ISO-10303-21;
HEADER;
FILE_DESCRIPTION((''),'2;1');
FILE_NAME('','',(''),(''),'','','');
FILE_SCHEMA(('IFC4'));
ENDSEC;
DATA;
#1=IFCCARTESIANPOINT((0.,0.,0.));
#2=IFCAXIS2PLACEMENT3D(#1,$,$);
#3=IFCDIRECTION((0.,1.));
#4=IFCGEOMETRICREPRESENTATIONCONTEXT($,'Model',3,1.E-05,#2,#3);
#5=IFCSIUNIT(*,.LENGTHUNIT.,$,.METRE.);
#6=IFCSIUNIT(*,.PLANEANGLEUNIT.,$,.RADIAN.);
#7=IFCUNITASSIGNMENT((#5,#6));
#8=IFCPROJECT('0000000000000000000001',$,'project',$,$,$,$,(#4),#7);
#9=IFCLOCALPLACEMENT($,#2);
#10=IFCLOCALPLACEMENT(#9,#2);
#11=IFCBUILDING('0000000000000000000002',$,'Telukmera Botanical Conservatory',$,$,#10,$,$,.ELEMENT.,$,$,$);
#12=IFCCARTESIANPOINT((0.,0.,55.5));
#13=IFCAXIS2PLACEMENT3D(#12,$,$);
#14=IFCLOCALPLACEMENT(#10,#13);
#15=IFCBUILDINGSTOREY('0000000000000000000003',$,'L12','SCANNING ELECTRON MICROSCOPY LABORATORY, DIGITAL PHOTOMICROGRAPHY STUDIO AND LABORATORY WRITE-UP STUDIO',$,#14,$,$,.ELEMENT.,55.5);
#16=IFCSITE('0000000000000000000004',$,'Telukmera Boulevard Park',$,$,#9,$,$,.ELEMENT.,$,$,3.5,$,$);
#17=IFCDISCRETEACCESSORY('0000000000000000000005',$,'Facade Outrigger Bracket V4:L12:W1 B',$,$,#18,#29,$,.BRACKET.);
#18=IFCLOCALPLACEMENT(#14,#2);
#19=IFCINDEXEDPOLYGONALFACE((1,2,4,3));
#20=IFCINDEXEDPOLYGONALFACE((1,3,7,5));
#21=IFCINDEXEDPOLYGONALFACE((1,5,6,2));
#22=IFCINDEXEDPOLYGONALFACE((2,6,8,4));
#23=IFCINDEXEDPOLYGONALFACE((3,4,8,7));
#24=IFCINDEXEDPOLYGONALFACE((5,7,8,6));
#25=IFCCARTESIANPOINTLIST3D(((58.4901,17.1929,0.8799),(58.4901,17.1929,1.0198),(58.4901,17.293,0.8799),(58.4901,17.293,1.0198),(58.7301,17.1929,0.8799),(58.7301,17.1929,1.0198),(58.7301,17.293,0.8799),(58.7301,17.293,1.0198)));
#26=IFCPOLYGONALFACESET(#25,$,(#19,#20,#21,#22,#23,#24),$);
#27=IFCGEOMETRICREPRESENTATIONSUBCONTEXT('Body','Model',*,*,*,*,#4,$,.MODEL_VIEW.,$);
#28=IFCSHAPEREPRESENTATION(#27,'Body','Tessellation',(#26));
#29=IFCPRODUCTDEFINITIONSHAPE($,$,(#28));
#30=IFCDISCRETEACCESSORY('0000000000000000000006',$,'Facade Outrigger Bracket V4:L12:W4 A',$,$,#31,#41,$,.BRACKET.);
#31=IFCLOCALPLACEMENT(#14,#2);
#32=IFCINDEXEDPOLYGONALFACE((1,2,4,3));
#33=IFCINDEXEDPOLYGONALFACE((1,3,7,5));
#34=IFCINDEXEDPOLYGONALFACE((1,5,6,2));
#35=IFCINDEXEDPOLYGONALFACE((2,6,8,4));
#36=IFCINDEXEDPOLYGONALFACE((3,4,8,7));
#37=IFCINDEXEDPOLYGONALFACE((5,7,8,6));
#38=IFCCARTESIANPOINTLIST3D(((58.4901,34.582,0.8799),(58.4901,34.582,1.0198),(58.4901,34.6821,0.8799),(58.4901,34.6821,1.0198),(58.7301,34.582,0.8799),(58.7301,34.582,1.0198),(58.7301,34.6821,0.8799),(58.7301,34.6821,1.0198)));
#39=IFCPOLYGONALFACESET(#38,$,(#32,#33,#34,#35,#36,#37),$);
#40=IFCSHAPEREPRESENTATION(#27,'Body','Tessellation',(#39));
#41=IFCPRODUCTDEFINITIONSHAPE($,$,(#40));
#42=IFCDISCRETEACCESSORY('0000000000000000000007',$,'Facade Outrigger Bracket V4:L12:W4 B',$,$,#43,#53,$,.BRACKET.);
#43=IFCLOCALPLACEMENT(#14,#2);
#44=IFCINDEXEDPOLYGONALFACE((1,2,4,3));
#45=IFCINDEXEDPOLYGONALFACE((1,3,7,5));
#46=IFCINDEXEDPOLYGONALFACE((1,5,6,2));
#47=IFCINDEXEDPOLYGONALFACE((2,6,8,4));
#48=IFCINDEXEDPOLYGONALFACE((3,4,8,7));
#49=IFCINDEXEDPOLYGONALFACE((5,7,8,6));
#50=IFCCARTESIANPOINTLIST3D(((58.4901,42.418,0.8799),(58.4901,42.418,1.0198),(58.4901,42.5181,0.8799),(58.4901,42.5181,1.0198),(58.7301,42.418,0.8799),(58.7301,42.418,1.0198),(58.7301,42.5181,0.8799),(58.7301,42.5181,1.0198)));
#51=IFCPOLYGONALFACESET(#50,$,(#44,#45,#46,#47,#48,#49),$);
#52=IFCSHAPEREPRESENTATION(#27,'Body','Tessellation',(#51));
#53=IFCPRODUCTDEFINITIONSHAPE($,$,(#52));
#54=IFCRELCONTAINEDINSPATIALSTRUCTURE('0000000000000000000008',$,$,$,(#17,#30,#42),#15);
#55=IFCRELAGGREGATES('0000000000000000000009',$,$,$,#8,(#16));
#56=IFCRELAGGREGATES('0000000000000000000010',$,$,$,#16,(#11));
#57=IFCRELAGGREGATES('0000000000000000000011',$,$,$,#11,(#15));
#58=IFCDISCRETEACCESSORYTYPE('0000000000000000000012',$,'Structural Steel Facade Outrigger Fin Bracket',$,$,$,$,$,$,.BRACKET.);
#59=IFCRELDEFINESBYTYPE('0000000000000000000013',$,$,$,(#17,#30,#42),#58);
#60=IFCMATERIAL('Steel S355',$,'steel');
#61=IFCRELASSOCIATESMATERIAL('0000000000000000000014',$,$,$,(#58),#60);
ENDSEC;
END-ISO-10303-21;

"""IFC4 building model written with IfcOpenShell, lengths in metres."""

from ifc_helpers import new_model, si_unit, direction, frame, origin, origin_2d, place, context, subcontext, project, spatial, rectangle, extrude, material, type_object, element, save


model = new_model("IFC4")

# Units and contexts
model_context = context("Model", 3, precision=1e-05, world=origin(), true_north=direction((0.0, 1.0)))
body_context = subcontext(model_context, "Body", "Model", "MODEL_VIEW")
ifc_project = project(units=[si_unit("LENGTHUNIT", "METRE"), si_unit("PLANEANGLEUNIT", "RADIAN")], contexts=[model_context])

# Site, building, storey
site_placement = place(None, origin())
site = spatial("IfcSite", under=ifc_project, at=site_placement, Name="Telukmera Boulevard Park", CompositionType="ELEMENT", RefElevation=3.5)
building_placement = place(site_placement, origin())
building = spatial("IfcBuilding", under=site, at=building_placement, Name="Telukmera Botanical Conservatory", CompositionType="ELEMENT")
storey_placement = place(building_placement, frame((0.0, 0.0, 55.5)))
storey = spatial("IfcBuildingStorey", under=building, at=storey_placement, Name="L12", Description="SCANNING ELECTRON MICROSCOPY LABORATORY, DIGITAL PHOTOMICROGRAPHY STUDIO AND LABORATORY WRITE-UP STUDIO", CompositionType="ELEMENT", Elevation=55.5)

# Discrete accessories
ifc_material_1 = material(Name="Steel S355", Category="steel")
discrete_accessory_type = type_object("IfcDiscreteAccessoryType", Name="Structural Steel Facade Outrigger Fin Bracket", PredefinedType="BRACKET", material=ifc_material_1)
for number, where, z_axis, x_axis, name in (
    (1, (58.6101, 17.2429, 0.8799), (0.0, 0.0, 1.0), (0.0, 1.0, 0.0), "Facade Outrigger Bracket V4:L12:W1 B"),
    (2, (58.6101, 34.6321, 0.8799), (0.0, 0.0, 1.0), (0.0, 1.0, 0.0), "Facade Outrigger Bracket V4:L12:W4 A"),
    (3, (58.6101, 42.468, 0.8799), (0.0, 0.0, 1.0), (0.0, 1.0, 0.0), "Facade Outrigger Bracket V4:L12:W4 B"),
):
    element("IfcDiscreteAccessory", number, at=place(storey_placement, frame(where, z_axis=z_axis, x_axis=x_axis)), inside=storey, type_object=discrete_accessory_type, Name=name, PredefinedType="BRACKET", context=body_context, shape_type="SweptSolid", body=[
        extrude(rectangle(XDim=0.1001, YDim=0.24, at=origin_2d()), origin(), (0.0, 0.0, 1.0), 0.1399),
    ])

save(model, "model.ifc")
